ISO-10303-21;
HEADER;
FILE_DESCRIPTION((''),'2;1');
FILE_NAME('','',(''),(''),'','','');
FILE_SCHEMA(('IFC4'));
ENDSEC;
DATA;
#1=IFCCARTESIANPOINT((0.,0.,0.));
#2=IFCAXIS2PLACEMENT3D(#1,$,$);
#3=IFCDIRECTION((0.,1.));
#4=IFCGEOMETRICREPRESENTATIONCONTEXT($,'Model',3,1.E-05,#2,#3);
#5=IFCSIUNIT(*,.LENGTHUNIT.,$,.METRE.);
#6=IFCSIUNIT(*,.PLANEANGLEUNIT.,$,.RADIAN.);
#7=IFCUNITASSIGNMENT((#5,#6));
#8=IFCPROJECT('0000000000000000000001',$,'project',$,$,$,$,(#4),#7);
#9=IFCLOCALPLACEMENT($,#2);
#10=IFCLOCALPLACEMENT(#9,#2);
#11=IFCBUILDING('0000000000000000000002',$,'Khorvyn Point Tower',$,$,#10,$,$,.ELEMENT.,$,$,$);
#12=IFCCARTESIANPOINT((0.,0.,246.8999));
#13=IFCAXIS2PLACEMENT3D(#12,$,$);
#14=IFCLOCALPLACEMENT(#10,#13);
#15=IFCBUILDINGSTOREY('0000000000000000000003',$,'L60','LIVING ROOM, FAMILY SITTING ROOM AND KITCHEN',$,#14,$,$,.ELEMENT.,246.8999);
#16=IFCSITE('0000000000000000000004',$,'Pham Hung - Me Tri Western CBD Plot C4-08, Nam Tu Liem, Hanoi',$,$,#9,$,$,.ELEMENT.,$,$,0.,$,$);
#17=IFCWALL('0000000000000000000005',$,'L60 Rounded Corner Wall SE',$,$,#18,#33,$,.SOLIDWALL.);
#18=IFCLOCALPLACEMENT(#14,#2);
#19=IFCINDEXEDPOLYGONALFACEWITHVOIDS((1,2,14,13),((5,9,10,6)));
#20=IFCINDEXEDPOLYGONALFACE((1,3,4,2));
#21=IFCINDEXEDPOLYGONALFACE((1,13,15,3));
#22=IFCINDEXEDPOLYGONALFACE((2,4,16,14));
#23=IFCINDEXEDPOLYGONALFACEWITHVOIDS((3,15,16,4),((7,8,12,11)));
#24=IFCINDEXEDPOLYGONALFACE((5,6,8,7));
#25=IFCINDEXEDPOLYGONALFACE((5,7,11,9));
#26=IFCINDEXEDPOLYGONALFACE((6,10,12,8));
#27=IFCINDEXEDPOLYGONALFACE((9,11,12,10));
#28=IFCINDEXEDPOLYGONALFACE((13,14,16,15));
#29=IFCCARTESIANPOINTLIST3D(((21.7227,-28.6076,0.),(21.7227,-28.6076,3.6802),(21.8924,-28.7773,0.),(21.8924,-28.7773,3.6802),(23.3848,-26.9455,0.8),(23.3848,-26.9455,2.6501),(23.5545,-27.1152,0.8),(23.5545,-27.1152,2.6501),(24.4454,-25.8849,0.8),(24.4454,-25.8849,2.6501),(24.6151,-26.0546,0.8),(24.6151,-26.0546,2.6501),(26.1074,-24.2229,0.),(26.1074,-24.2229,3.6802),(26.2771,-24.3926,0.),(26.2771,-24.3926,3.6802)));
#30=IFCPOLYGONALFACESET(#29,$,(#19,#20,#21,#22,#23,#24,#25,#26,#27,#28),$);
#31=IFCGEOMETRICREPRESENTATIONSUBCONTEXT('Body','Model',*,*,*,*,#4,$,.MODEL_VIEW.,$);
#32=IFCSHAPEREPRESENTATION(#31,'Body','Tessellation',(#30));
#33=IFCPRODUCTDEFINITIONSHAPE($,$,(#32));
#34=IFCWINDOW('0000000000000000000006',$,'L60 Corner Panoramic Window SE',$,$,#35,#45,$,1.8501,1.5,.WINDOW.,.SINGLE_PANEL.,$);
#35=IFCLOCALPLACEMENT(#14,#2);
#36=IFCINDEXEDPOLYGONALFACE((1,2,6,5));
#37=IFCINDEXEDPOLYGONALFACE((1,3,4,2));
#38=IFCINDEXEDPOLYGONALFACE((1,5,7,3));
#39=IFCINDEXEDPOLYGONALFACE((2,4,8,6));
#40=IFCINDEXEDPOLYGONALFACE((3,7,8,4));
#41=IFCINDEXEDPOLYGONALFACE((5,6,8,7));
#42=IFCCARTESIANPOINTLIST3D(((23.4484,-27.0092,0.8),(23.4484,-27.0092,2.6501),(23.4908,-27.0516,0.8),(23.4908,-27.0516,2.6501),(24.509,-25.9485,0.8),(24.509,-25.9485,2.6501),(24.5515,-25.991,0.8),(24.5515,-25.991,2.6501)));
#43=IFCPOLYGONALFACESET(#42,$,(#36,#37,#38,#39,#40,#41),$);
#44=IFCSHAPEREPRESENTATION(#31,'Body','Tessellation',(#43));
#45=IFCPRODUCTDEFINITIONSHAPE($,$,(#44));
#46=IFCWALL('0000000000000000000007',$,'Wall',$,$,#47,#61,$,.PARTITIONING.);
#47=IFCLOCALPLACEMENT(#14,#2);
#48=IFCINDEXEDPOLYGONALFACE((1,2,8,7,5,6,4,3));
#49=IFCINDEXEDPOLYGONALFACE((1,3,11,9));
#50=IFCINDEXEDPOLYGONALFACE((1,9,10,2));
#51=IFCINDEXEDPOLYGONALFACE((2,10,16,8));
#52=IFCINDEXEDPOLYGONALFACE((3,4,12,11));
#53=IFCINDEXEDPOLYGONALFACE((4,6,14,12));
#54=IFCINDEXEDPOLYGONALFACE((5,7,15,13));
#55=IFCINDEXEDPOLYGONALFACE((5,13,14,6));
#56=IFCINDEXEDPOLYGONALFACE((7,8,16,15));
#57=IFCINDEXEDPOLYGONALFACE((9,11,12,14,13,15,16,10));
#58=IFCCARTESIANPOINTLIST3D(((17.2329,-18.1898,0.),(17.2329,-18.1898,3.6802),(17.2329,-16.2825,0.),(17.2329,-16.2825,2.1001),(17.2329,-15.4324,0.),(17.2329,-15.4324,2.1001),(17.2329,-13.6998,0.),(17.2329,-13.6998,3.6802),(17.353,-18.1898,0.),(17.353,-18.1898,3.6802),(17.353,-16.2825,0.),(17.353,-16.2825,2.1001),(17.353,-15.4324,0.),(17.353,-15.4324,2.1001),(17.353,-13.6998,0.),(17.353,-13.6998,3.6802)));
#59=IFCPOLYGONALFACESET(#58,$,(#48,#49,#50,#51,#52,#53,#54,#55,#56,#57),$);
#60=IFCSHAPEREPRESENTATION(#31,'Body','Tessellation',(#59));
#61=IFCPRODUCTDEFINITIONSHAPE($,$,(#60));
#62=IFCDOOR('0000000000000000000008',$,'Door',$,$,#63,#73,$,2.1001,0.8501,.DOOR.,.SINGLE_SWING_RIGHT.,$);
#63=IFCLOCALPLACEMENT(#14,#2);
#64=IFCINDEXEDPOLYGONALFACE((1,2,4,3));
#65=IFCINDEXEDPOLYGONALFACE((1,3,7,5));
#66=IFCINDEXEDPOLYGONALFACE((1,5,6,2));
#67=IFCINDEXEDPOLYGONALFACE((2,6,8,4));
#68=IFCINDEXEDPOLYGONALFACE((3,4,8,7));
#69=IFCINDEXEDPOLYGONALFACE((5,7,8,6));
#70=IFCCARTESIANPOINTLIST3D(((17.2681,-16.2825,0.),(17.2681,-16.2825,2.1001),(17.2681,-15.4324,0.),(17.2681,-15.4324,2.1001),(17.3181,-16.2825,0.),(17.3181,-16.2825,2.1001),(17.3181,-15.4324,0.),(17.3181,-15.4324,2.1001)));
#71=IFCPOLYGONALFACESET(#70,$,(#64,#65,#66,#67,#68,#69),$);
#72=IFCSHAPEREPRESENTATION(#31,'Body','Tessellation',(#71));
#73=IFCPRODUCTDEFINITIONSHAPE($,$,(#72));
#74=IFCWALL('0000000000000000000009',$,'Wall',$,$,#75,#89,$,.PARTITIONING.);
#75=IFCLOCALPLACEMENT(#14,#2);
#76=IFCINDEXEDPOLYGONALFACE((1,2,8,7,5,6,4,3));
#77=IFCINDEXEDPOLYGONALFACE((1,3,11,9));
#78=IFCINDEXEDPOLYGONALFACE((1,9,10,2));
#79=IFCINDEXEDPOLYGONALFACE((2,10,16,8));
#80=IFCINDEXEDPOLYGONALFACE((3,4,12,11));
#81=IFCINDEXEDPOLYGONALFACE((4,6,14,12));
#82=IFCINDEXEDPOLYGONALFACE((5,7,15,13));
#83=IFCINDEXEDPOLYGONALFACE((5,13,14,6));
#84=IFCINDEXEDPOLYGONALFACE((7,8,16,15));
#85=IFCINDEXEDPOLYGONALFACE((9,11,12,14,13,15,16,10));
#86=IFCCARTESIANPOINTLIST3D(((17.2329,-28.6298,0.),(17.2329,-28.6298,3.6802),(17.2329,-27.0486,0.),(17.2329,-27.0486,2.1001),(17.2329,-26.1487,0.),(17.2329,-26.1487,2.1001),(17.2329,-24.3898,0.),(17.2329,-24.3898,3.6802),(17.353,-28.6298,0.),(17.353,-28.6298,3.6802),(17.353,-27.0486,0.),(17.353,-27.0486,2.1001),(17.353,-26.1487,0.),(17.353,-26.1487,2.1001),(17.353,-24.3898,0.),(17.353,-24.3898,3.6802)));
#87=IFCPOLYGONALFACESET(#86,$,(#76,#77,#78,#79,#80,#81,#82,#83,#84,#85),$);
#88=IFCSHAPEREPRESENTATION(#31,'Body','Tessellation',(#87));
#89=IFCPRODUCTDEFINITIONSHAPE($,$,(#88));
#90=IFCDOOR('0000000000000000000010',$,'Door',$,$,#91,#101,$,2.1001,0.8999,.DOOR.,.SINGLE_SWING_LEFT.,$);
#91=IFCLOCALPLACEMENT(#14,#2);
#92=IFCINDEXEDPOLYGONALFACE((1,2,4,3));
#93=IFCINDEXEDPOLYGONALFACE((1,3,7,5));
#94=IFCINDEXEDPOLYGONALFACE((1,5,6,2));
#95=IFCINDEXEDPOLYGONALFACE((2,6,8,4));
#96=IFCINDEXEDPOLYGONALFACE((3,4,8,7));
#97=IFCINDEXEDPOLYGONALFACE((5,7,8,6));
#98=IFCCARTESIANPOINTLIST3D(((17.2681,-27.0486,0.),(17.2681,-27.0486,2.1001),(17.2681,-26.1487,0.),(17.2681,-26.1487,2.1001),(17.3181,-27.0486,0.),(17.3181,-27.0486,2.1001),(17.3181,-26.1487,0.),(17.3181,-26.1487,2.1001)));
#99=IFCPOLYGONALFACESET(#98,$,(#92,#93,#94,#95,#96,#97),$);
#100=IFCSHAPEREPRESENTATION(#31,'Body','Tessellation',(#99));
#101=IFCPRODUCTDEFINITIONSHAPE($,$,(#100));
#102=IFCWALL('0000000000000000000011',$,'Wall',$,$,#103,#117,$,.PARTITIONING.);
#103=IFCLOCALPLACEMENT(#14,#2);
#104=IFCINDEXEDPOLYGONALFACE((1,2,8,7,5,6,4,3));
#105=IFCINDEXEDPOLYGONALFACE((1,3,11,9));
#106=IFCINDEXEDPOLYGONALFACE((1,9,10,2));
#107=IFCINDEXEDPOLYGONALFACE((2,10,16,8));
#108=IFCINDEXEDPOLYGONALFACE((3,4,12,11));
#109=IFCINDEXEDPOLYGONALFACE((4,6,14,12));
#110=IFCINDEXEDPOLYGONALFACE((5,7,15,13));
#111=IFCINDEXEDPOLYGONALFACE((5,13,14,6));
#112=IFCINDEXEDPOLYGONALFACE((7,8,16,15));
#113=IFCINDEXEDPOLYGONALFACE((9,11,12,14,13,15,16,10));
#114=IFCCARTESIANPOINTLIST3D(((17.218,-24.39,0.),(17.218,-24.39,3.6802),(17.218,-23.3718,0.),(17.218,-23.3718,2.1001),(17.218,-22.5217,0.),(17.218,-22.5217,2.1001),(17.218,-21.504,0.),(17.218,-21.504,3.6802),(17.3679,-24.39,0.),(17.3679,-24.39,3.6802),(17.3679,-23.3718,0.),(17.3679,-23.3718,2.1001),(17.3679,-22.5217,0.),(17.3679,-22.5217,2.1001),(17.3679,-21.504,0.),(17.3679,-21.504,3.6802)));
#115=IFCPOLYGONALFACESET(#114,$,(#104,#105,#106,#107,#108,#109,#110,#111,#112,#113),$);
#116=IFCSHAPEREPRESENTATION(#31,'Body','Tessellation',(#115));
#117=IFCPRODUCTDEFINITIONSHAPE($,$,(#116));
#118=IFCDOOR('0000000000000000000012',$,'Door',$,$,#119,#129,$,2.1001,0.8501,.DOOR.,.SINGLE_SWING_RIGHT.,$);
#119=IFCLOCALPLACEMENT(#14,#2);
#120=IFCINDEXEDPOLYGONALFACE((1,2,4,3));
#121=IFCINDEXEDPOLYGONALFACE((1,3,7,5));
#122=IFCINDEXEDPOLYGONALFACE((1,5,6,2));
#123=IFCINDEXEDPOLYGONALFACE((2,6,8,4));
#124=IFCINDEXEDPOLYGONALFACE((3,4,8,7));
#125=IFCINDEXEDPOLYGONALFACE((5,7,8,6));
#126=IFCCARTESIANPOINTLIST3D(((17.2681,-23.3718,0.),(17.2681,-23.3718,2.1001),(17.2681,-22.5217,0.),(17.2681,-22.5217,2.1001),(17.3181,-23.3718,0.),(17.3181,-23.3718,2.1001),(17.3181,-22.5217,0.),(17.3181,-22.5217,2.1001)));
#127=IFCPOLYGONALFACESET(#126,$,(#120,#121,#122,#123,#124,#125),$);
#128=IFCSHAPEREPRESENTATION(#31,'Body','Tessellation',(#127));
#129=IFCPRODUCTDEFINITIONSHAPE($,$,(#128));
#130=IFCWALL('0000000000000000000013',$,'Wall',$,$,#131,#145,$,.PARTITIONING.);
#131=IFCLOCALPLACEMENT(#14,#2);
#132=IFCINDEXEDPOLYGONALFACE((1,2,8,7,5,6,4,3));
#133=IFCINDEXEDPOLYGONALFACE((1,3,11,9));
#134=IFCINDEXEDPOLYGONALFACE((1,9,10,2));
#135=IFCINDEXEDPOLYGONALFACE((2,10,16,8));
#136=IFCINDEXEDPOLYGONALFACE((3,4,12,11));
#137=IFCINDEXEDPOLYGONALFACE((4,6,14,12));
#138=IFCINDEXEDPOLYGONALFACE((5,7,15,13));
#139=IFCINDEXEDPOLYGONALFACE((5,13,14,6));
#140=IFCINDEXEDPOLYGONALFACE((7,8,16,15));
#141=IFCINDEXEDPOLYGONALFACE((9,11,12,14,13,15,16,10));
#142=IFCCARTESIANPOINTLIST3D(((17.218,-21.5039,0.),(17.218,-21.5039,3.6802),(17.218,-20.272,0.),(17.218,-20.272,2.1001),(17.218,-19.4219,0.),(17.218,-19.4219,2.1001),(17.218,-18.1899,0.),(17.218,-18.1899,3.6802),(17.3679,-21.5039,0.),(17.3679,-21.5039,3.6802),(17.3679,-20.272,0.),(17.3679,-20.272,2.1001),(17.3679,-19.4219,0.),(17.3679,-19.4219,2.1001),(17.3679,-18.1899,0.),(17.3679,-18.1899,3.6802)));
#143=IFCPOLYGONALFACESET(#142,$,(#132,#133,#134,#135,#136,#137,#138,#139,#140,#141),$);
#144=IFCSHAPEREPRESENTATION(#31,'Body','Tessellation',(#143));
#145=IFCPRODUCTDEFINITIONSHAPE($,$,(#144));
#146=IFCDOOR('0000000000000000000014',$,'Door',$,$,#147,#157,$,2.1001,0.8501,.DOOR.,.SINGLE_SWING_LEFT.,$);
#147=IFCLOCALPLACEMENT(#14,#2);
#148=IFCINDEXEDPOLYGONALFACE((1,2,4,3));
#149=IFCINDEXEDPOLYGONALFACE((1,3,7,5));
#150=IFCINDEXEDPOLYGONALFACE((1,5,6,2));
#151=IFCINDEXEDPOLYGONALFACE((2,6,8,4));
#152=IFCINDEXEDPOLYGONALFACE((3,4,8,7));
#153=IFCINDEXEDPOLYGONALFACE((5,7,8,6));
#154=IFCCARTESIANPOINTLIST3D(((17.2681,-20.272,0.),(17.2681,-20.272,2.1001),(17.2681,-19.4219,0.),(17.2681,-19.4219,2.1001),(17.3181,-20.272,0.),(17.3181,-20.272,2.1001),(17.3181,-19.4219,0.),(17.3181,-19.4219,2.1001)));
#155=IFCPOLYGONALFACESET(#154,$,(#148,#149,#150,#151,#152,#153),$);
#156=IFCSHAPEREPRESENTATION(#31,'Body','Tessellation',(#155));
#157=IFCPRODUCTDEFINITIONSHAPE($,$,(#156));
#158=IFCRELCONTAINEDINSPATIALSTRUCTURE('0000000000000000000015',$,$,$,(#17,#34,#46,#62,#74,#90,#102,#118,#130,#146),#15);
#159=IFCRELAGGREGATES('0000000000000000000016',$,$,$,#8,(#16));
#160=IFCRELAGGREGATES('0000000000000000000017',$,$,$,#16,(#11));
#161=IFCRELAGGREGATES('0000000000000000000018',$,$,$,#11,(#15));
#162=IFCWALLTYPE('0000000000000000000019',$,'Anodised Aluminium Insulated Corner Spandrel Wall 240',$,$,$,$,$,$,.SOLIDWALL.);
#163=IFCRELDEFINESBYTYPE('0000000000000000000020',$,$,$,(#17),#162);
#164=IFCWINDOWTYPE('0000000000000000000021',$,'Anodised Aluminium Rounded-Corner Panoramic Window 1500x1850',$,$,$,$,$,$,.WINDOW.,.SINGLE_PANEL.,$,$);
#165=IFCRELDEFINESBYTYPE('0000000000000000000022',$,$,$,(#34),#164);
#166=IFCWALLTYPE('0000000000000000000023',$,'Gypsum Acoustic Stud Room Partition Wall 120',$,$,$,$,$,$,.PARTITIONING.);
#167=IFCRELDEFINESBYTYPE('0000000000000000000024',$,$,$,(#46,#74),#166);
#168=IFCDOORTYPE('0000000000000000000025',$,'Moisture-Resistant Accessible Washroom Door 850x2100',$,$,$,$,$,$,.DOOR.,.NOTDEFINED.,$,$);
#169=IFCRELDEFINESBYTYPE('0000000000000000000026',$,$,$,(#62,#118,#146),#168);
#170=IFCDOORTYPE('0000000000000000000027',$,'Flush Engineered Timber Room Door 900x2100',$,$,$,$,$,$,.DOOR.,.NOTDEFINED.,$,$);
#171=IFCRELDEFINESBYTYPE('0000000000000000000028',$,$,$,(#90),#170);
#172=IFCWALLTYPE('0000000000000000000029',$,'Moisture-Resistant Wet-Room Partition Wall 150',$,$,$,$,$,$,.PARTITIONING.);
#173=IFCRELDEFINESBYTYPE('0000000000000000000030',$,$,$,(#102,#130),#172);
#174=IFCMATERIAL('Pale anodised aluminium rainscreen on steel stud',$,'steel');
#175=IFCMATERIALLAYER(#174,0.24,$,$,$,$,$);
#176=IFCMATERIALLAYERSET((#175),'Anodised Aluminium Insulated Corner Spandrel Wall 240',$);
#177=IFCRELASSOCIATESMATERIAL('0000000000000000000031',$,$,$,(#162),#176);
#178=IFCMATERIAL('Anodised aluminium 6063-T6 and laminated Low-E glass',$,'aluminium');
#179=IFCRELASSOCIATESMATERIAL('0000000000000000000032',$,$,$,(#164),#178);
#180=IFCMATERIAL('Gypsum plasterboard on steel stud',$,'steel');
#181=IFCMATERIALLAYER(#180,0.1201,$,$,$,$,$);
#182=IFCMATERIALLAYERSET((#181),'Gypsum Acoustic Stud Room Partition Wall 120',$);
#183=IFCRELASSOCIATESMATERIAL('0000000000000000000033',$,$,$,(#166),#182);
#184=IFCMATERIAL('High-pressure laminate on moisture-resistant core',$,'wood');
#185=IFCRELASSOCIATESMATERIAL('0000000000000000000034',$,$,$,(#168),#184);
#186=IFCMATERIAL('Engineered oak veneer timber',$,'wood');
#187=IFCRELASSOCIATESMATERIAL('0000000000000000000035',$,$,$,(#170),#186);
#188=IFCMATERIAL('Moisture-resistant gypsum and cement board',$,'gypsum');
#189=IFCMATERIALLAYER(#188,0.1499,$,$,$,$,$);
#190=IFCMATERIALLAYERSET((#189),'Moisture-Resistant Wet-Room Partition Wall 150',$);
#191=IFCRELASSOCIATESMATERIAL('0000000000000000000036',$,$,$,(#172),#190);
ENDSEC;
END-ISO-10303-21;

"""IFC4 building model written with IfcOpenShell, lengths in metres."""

from ifc_helpers import new_model, si_unit, direction, frame, frame_2d, origin, place, context, subcontext, project, spatial, rectangle, extrude, material, layer, layer_set, type_object, element, fill, save


model = new_model("IFC4")

# Units and contexts
model_context = context("Model", 3, precision=1e-05, world=origin(), true_north=direction((0.0, 1.0)))
body_context = subcontext(model_context, "Body", "Model", "MODEL_VIEW")
ifc_project = project(units=[si_unit("LENGTHUNIT", "METRE"), si_unit("PLANEANGLEUNIT", "RADIAN")], contexts=[model_context])

# Site, building, storey
site_placement = place(None, origin())
site = spatial("IfcSite", under=ifc_project, at=site_placement, Name="Pham Hung - Me Tri Western CBD Plot C4-08, Nam Tu Liem, Hanoi", CompositionType="ELEMENT", RefElevation=0.0)
building_placement = place(site_placement, origin())
building = spatial("IfcBuilding", under=site, at=building_placement, Name="Khorvyn Point Tower", CompositionType="ELEMENT")
storey_placement = place(building_placement, frame((0.0, 0.0, 246.8999)))
storey = spatial("IfcBuildingStorey", under=building, at=storey_placement, Name="L60", Description="LIVING ROOM, FAMILY SITTING ROOM AND KITCHEN", CompositionType="ELEMENT", Elevation=246.8999)

# Shared definitions
ifc_material_1 = material(Name="Anodised aluminium 6063-T6 and laminated Low-E glass", Category="aluminium")

# Wall, opening, window
ifc_material_2 = material(Name="Pale anodised aluminium rainscreen on steel stud", Category="steel")
ifc_layer_1 = layer(ifc_material_2, 0.24)
ifc_layer_set_1 = layer_set([ifc_layer_1], Name="Anodised Aluminium Insulated Corner Spandrel Wall 240")
wall_type_1 = type_object("IfcWallType", Name="Anodised Aluminium Insulated Corner Spandrel Wall 240", PredefinedType="SOLIDWALL", material=ifc_layer_set_1)
wall_1_placement = place(storey_placement, frame((26.1924, -24.3076, 0.0), z_axis=(0.0, 0.0, 1.0), x_axis=(-0.707107, -0.707107, 0.0)))
wall_1 = element("IfcWall", 1, at=wall_1_placement, inside=storey, type_object=wall_type_1, Name="L60 Rounded Corner Wall SE", PredefinedType="SOLIDWALL", context=body_context, shape_type="SweptSolid", body=[
    extrude(rectangle(XDim=6.2009, YDim=0.24, at=frame_2d((3.1006, 0.0))), origin(), (0.0, 0.0, 1.0), 3.6802),
])
opening_1_placement = place(wall_1_placement, frame((2.3506, 0.0, 0.8)))
opening_1 = element("IfcOpeningElement", 2, at=opening_1_placement, cuts=wall_1, PredefinedType="OPENING", context=body_context, shape_type="SweptSolid", body=[
    extrude(rectangle(XDim=1.5, YDim=1.8501, at=frame_2d((0.75, 0.925))), frame((0.0, 0.1299, 0.0), z_axis=(0.0, -1.0, 0.0), x_axis=(1.0, 0.0, 0.0)), (0.0, 0.0, 1.0), 0.26),
])
window_type = type_object("IfcWindowType", Name="Anodised Aluminium Rounded-Corner Panoramic Window 1500x1850", PartitioningType="SINGLE_PANEL", PredefinedType="WINDOW", material=ifc_material_1)
window_placement = place(opening_1_placement, origin())
window = element("IfcWindow", 3, at=window_placement, inside=storey, type_object=window_type, Name="L60 Corner Panoramic Window SE", OverallHeight=1.8501, OverallWidth=1.5, PartitioningType="SINGLE_PANEL", PredefinedType="WINDOW", context=body_context, shape_type="SweptSolid", body=[
    extrude(rectangle(XDim=1.5, YDim=1.8501, at=frame_2d((0.75, 0.925))), frame((0.0, 0.03, 0.0), z_axis=(0.0, -1.0, 0.0), x_axis=(1.0, 0.0, 0.0)), (0.0, 0.0, 1.0), 0.0601),
])
fill(opening_1, window)

# Walls, openings, doors
ifc_material_3 = material(Name="Gypsum plasterboard on steel stud", Category="steel")
ifc_layer_2 = layer(ifc_material_3, 0.1201)
ifc_layer_set_2 = layer_set([ifc_layer_2], Name="Gypsum Acoustic Stud Room Partition Wall 120")
wall_type_2 = type_object("IfcWallType", Name="Gypsum Acoustic Stud Room Partition Wall 120", PredefinedType="PARTITIONING", material=ifc_layer_set_2)
wall_2_placement = place(storey_placement, frame((17.293, -18.1899, 0.0), z_axis=(0.0, 0.0, 1.0), x_axis=(0.0, 1.0, 0.0)))
wall_2 = element("IfcWall", 4, at=wall_2_placement, inside=storey, type_object=wall_type_2, Name="Wall", PredefinedType="PARTITIONING", context=body_context, shape_type="SweptSolid", body=[
    extrude(rectangle(XDim=4.49, YDim=0.1201, at=frame_2d((2.2451, 0.0))), origin(), (0.0, 0.0, 1.0), 3.6802),
])
opening_2_placement = place(wall_2_placement, frame((1.9075, 0.0, 0.0)))
opening_2 = element("IfcOpeningElement", 5, at=opening_2_placement, cuts=wall_2, PredefinedType="OPENING", context=body_context, shape_type="SweptSolid", body=[
    extrude(rectangle(XDim=0.8501, YDim=2.1001, at=frame_2d((0.425, 1.05))), frame((0.0, 0.0701, 0.0), z_axis=(0.0, -1.0, 0.0), x_axis=(1.0, 0.0, 0.0)), (0.0, 0.0, 1.0), 0.1401),
])
ifc_material_4 = material(Name="High-pressure laminate on moisture-resistant core", Category="wood")
door_type_1 = type_object("IfcDoorType", Name="Moisture-Resistant Accessible Washroom Door 850x2100", OperationType="NOTDEFINED", PredefinedType="DOOR", material=ifc_material_4)
door_1_placement = place(opening_2_placement, origin())
door_1 = element("IfcDoor", 6, at=door_1_placement, inside=storey, type_object=door_type_1, Name="Door", OperationType="SINGLE_SWING_RIGHT", OverallHeight=2.1001, OverallWidth=0.8501, PredefinedType="DOOR", context=body_context, shape_type="SweptSolid", body=[
    extrude(rectangle(XDim=0.8501, YDim=2.1001, at=frame_2d((0.425, 1.05))), frame((0.0, 0.0249, 0.0), z_axis=(0.0, -1.0, 0.0), x_axis=(1.0, 0.0, 0.0)), (0.0, 0.0, 1.0), 0.05),
])
fill(opening_2, door_1)
wall_3_placement = place(storey_placement, frame((17.293, -28.6299, 0.0), z_axis=(0.0, 0.0, 1.0), x_axis=(0.0, 1.0, 0.0)))
wall_3 = element("IfcWall", 7, at=wall_3_placement, inside=storey, type_object=wall_type_2, Name="Wall", PredefinedType="PARTITIONING", context=body_context, shape_type="SweptSolid", body=[
    extrude(rectangle(XDim=4.24, YDim=0.1201, at=frame_2d((2.1201, 0.0))), origin(), (0.0, 0.0, 1.0), 3.6802),
])
opening_3_placement = place(wall_3_placement, frame((1.5813, 0.0, 0.0)))
opening_3 = element("IfcOpeningElement", 8, at=opening_3_placement, cuts=wall_3, PredefinedType="OPENING", context=body_context, shape_type="SweptSolid", body=[
    extrude(rectangle(XDim=0.8999, YDim=2.1001, at=frame_2d((0.45, 1.05))), frame((0.0, 0.0701, 0.0), z_axis=(0.0, -1.0, 0.0), x_axis=(1.0, 0.0, 0.0)), (0.0, 0.0, 1.0), 0.1401),
])
ifc_material_5 = material(Name="Engineered oak veneer timber", Category="wood")
door_type_2 = type_object("IfcDoorType", Name="Flush Engineered Timber Room Door 900x2100", OperationType="NOTDEFINED", PredefinedType="DOOR", material=ifc_material_5)
door_2_placement = place(opening_3_placement, origin())
door_2 = element("IfcDoor", 9, at=door_2_placement, inside=storey, type_object=door_type_2, Name="Door", OperationType="SINGLE_SWING_LEFT", OverallHeight=2.1001, OverallWidth=0.8999, PredefinedType="DOOR", context=body_context, shape_type="SweptSolid", body=[
    extrude(rectangle(XDim=0.8999, YDim=2.1001, at=frame_2d((0.45, 1.05))), frame((0.0, 0.0249, 0.0), z_axis=(0.0, -1.0, 0.0), x_axis=(1.0, 0.0, 0.0)), (0.0, 0.0, 1.0), 0.05),
])
fill(opening_3, door_2)
ifc_material_6 = material(Name="Moisture-resistant gypsum and cement board", Category="gypsum")
ifc_layer_3 = layer(ifc_material_6, 0.1499)
ifc_layer_set_3 = layer_set([ifc_layer_3], Name="Moisture-Resistant Wet-Room Partition Wall 150")
wall_type_3 = type_object("IfcWallType", Name="Moisture-Resistant Wet-Room Partition Wall 150", PredefinedType="PARTITIONING", material=ifc_layer_set_3)
wall_4_placement = place(storey_placement, frame((17.293, -24.3899, 0.0), z_axis=(0.0, 0.0, 1.0), x_axis=(0.0, 1.0, 0.0)))
wall_4 = element("IfcWall", 10, at=wall_4_placement, inside=storey, type_object=wall_type_3, Name="Wall", PredefinedType="PARTITIONING", context=body_context, shape_type="SweptSolid", body=[
    extrude(rectangle(XDim=2.886, YDim=0.1499, at=frame_2d((1.4429, 0.0))), origin(), (0.0, 0.0, 1.0), 3.6802),
])
opening_4_placement = place(wall_4_placement, frame((1.0181, 0.0, 0.0)))
opening_4 = element("IfcOpeningElement", 11, at=opening_4_placement, cuts=wall_4, PredefinedType="OPENING", context=body_context, shape_type="SweptSolid", body=[
    extrude(rectangle(XDim=0.8501, YDim=2.1001, at=frame_2d((0.425, 1.05))), frame((0.0, 0.085, 0.0), z_axis=(0.0, -1.0, 0.0), x_axis=(1.0, 0.0, 0.0)), (0.0, 0.0, 1.0), 0.1699),
])
door_3_placement = place(opening_4_placement, origin())
door_3 = element("IfcDoor", 12, at=door_3_placement, inside=storey, type_object=door_type_1, Name="Door", OperationType="SINGLE_SWING_RIGHT", OverallHeight=2.1001, OverallWidth=0.8501, PredefinedType="DOOR", context=body_context, shape_type="SweptSolid", body=[
    extrude(rectangle(XDim=0.8501, YDim=2.1001, at=frame_2d((0.425, 1.05))), frame((0.0, 0.0249, 0.0), z_axis=(0.0, -1.0, 0.0), x_axis=(1.0, 0.0, 0.0)), (0.0, 0.0, 1.0), 0.05),
])
fill(opening_4, door_3)
wall_5_placement = place(storey_placement, frame((17.293, -21.5039, 0.0), z_axis=(0.0, 0.0, 1.0), x_axis=(0.0, 1.0, 0.0)))
wall_5 = element("IfcWall", 13, at=wall_5_placement, inside=storey, type_object=wall_type_3, Name="Wall", PredefinedType="PARTITIONING", context=body_context, shape_type="SweptSolid", body=[
    extrude(rectangle(XDim=3.314, YDim=0.1499, at=frame_2d((1.657, 0.0))), origin(), (0.0, 0.0, 1.0), 3.6802),
])
opening_5_placement = place(wall_5_placement, frame((1.2319, 0.0, 0.0)))
opening_5 = element("IfcOpeningElement", 14, at=opening_5_placement, cuts=wall_5, PredefinedType="OPENING", context=body_context, shape_type="SweptSolid", body=[
    extrude(rectangle(XDim=0.8501, YDim=2.1001, at=frame_2d((0.425, 1.05))), frame((0.0, 0.085, 0.0), z_axis=(0.0, -1.0, 0.0), x_axis=(1.0, 0.0, 0.0)), (0.0, 0.0, 1.0), 0.1699),
])
door_4_placement = place(opening_5_placement, origin())
door_4 = element("IfcDoor", 15, at=door_4_placement, inside=storey, type_object=door_type_1, Name="Door", OperationType="SINGLE_SWING_LEFT", OverallHeight=2.1001, OverallWidth=0.8501, PredefinedType="DOOR", context=body_context, shape_type="SweptSolid", body=[
    extrude(rectangle(XDim=0.8501, YDim=2.1001, at=frame_2d((0.425, 1.05))), frame((0.0, 0.0249, 0.0), z_axis=(0.0, -1.0, 0.0), x_axis=(1.0, 0.0, 0.0)), (0.0, 0.0, 1.0), 0.05),
])
fill(opening_5, door_4)

save(model, "model.ifc")
